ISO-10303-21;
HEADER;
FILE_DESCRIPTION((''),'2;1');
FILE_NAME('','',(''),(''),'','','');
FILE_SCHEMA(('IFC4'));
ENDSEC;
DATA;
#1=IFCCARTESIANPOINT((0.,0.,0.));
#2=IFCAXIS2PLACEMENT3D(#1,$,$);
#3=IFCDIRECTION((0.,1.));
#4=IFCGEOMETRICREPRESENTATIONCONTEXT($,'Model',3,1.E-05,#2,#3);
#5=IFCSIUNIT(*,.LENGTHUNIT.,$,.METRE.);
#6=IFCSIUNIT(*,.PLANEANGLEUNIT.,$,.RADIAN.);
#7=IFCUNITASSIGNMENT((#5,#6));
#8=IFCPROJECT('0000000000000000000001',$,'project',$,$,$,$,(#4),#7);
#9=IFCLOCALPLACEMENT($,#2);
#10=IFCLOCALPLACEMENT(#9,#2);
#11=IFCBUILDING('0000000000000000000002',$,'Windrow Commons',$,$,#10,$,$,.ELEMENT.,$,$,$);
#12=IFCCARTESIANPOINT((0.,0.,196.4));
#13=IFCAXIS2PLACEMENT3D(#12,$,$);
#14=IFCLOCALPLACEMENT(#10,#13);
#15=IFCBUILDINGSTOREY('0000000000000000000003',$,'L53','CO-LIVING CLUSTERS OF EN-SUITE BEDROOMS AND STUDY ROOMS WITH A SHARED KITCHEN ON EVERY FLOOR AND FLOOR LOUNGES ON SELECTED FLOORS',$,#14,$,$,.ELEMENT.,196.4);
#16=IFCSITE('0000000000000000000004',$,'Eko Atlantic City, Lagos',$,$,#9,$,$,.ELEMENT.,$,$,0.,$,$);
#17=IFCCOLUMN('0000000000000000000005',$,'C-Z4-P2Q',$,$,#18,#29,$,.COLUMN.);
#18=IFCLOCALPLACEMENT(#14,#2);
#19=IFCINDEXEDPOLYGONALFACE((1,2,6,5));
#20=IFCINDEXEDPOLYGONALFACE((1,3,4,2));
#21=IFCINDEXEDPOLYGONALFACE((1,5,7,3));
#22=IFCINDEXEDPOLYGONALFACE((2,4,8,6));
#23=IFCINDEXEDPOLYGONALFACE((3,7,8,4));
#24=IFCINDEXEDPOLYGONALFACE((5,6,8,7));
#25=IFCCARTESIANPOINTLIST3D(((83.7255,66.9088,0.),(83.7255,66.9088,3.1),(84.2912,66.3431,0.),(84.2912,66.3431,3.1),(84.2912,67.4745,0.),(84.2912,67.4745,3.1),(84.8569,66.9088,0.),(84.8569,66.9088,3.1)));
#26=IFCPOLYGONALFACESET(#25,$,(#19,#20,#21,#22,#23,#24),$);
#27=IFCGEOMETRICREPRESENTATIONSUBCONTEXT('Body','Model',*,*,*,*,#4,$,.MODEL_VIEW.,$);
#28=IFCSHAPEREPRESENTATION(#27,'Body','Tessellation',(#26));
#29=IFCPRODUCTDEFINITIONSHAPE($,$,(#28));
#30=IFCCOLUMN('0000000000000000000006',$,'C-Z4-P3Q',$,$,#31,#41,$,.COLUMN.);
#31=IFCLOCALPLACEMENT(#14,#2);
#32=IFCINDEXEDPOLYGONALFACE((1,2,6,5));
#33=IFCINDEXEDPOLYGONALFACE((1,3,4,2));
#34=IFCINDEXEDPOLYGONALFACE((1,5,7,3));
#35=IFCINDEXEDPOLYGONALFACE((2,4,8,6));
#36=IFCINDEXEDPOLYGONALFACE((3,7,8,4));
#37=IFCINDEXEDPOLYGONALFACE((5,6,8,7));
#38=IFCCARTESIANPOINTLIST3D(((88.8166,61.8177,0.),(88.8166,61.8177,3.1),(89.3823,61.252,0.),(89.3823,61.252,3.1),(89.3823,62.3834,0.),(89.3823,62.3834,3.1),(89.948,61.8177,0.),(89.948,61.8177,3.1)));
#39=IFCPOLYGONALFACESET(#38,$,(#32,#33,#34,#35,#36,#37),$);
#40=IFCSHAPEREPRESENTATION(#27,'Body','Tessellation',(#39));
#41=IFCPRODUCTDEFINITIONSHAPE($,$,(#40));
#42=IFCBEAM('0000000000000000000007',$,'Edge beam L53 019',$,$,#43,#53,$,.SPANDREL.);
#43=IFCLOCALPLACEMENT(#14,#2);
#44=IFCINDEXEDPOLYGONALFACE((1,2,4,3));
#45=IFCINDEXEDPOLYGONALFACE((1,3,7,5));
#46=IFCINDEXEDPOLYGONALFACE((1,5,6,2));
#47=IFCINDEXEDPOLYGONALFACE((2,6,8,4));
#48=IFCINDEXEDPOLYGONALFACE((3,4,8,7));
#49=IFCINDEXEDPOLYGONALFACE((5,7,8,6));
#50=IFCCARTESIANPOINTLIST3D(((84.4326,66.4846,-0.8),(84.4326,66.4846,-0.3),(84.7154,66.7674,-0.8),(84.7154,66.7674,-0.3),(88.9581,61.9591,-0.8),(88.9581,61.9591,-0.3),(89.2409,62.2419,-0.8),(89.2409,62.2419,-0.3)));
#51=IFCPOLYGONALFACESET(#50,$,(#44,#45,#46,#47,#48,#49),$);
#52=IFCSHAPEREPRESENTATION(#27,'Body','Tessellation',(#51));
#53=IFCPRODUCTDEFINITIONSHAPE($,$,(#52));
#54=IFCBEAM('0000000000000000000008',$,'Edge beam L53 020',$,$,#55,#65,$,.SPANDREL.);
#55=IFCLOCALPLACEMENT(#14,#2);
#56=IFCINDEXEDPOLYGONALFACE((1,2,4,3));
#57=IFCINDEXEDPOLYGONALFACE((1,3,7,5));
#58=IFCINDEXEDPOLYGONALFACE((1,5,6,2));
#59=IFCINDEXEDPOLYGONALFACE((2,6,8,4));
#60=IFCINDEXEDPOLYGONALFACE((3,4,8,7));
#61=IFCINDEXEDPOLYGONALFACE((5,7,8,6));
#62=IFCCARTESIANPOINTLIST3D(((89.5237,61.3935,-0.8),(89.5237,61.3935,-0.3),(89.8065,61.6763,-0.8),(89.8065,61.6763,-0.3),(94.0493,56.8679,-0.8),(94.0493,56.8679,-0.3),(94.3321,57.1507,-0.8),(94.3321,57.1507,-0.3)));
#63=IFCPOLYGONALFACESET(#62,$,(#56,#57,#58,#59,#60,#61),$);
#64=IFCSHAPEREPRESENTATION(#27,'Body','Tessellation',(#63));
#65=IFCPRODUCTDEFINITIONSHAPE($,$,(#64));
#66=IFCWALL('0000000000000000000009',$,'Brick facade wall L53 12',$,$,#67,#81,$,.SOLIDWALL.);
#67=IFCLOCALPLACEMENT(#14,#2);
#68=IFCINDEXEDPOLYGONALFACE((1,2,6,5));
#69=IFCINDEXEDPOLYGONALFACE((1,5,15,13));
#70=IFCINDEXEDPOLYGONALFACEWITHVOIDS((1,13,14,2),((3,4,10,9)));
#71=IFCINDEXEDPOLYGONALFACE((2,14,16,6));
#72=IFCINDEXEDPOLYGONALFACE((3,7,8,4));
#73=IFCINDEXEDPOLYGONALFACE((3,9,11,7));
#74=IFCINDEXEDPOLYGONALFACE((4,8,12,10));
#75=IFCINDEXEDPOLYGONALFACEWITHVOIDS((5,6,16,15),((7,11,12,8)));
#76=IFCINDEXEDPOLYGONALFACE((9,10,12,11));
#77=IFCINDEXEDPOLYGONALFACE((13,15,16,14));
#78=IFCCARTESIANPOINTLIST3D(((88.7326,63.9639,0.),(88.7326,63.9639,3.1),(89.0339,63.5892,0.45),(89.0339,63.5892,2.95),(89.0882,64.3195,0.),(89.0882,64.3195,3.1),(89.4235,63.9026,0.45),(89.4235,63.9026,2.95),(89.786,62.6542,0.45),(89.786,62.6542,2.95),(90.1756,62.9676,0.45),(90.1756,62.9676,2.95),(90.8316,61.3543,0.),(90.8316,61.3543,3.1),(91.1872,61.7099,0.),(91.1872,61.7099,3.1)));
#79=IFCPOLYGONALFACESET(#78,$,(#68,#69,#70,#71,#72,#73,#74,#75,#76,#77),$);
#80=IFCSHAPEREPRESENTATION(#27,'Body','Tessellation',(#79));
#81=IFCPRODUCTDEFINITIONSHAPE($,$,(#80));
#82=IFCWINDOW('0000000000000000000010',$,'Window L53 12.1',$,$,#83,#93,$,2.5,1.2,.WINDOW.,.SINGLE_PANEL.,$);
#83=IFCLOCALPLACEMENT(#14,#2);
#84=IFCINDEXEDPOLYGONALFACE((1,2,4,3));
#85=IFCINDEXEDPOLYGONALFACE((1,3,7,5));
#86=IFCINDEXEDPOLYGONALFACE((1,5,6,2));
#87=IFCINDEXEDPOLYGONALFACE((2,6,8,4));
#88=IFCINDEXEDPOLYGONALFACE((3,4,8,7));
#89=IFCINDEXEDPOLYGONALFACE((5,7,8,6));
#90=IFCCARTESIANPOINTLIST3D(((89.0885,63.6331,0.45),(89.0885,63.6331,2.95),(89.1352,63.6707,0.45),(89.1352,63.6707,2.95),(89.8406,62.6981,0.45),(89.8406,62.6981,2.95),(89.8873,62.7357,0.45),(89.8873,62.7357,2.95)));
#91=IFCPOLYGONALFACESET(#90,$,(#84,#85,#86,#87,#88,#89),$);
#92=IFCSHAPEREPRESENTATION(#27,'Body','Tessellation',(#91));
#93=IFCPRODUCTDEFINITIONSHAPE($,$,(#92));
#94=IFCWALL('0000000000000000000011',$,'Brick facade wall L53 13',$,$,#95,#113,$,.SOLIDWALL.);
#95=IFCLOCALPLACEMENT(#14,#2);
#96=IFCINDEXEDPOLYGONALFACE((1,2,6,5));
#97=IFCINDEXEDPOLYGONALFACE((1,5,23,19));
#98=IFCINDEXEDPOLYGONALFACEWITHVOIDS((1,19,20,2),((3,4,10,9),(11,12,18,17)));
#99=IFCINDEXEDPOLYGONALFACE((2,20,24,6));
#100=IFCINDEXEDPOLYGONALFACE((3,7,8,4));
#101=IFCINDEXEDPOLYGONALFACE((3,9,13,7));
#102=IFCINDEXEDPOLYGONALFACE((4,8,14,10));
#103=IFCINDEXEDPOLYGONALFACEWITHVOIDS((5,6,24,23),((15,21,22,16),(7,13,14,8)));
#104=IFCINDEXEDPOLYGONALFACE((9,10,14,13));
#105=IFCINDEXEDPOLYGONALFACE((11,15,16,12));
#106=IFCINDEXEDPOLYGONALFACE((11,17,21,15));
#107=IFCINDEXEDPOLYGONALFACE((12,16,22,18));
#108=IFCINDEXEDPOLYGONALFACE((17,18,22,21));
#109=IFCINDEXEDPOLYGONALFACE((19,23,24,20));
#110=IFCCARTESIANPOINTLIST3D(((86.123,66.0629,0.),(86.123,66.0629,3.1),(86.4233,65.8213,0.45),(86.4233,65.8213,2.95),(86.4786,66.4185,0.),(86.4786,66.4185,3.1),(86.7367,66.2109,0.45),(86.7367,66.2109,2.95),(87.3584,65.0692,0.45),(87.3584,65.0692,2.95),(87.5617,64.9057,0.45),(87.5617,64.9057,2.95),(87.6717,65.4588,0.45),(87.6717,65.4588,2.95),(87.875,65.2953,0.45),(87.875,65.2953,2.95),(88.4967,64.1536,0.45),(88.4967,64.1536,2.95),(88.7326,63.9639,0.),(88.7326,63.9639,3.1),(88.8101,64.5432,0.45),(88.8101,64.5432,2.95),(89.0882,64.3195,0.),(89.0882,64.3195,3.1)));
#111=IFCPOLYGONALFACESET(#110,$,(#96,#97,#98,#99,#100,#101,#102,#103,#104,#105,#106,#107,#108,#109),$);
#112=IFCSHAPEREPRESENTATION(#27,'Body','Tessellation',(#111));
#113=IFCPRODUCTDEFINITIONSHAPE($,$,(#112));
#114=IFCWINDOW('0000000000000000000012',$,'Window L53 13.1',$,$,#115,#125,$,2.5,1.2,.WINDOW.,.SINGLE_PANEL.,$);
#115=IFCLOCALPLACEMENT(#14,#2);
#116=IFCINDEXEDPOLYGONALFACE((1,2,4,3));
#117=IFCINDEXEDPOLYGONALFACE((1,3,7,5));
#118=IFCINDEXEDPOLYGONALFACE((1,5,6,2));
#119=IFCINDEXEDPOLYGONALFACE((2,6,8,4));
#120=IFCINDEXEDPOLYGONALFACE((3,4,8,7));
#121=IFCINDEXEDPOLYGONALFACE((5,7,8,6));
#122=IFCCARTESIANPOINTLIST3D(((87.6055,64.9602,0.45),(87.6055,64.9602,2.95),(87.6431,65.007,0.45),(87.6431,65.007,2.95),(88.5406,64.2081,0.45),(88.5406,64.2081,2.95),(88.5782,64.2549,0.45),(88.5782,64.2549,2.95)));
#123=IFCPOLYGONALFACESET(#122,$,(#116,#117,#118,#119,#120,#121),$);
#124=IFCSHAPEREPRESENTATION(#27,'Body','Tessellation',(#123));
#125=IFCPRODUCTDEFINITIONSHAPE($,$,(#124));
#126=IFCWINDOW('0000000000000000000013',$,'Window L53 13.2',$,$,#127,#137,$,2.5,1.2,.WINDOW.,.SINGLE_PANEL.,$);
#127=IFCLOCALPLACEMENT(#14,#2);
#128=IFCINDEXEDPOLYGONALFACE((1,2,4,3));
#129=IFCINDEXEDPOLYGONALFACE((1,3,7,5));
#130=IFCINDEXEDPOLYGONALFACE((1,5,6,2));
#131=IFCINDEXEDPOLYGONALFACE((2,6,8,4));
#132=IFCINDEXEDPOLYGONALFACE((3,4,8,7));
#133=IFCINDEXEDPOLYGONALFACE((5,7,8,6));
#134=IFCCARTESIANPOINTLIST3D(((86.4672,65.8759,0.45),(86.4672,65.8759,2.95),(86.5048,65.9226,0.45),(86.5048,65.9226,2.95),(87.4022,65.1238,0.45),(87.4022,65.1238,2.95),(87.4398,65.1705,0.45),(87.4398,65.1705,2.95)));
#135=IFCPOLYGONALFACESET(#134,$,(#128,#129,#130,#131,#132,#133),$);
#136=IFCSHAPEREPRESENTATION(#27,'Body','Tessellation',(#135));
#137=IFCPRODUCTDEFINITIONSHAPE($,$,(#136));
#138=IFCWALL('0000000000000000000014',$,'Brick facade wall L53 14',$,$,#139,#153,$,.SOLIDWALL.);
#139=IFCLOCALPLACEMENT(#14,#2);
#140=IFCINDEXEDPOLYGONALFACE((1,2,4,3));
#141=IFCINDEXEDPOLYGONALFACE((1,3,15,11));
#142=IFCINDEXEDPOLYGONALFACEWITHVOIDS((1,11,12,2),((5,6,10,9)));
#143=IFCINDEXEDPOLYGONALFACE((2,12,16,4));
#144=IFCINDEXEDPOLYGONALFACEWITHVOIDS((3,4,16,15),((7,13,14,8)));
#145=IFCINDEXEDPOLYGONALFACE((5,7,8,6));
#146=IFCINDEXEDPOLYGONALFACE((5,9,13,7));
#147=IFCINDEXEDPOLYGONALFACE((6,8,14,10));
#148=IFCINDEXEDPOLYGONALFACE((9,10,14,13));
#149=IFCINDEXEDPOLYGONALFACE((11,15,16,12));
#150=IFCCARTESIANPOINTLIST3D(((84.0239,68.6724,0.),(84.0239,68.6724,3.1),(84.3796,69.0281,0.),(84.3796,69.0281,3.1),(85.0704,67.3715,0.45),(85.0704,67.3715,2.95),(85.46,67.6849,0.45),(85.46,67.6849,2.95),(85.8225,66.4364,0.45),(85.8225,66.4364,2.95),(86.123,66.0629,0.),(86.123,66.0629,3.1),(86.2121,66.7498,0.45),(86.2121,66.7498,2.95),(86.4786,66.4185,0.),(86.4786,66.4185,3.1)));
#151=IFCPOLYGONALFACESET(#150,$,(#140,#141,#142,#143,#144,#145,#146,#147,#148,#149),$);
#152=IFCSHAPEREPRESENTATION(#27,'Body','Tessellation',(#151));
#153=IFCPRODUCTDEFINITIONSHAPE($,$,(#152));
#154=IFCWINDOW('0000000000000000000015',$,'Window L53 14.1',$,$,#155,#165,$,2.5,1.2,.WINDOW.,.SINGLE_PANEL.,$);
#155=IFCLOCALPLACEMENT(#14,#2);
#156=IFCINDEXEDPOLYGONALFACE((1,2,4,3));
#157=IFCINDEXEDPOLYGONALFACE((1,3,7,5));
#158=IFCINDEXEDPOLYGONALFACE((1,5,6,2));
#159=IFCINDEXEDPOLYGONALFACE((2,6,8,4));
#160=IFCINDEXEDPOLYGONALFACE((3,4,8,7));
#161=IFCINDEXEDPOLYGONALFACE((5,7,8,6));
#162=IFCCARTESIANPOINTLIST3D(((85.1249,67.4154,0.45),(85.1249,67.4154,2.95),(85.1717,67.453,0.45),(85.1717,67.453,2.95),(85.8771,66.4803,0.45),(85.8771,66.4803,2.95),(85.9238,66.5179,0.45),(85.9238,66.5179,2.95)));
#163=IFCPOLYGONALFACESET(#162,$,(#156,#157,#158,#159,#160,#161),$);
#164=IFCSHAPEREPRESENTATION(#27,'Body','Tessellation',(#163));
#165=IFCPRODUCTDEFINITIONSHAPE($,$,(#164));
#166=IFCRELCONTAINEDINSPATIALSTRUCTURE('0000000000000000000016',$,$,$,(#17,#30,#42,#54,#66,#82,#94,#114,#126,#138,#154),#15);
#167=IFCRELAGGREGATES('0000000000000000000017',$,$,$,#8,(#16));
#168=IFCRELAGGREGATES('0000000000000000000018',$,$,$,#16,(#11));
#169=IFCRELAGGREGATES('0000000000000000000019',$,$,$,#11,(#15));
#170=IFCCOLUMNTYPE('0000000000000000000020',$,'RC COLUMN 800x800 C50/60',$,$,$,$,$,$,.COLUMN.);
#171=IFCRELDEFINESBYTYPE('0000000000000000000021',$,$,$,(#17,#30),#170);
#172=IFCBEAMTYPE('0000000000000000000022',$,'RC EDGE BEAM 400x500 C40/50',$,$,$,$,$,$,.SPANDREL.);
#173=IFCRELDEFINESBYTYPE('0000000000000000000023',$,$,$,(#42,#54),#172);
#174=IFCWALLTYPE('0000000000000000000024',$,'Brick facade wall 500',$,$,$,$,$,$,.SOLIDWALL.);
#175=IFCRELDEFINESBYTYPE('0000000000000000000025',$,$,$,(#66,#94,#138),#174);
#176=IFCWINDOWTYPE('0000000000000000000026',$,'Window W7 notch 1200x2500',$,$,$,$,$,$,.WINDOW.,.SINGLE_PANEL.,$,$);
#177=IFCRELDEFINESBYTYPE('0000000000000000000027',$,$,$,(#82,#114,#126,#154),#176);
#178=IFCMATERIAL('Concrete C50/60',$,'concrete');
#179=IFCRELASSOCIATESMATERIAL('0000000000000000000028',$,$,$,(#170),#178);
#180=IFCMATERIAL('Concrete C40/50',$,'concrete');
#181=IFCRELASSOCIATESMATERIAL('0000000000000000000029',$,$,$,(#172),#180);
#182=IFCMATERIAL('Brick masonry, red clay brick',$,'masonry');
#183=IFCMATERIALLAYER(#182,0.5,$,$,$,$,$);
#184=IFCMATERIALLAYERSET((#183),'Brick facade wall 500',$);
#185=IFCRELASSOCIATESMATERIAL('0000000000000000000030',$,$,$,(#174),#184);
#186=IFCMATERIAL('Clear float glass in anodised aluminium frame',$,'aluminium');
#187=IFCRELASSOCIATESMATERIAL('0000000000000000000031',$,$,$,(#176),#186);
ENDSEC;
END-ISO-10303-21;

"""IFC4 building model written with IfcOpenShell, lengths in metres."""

from ifc_helpers import new_model, si_unit, direction, frame, frame_2d, origin, origin_2d, place, context, subcontext, project, spatial, polyline, rectangle, outline, extrude, material, layer, layer_set, material_profile, profile_set, type_object, element, fill, save


model = new_model("IFC4")

# Units and contexts
model_context = context("Model", 3, precision=1e-05, world=origin(), true_north=direction((0.0, 1.0)))
body_context = subcontext(model_context, "Body", "Model", "MODEL_VIEW")
ifc_project = project(units=[si_unit("LENGTHUNIT", "METRE"), si_unit("PLANEANGLEUNIT", "RADIAN")], contexts=[model_context])

# Site, building, storey
site_placement = place(None, origin())
site = spatial("IfcSite", under=ifc_project, at=site_placement, Name="Eko Atlantic City, Lagos", CompositionType="ELEMENT", RefElevation=0.0)
building_placement = place(site_placement, origin())
building = spatial("IfcBuilding", under=site, at=building_placement, Name="Windrow Commons", CompositionType="ELEMENT")
storey_placement = place(building_placement, frame((0.0, 0.0, 196.4)))
storey = spatial("IfcBuildingStorey", under=building, at=storey_placement, Name="L53", Description="CO-LIVING CLUSTERS OF EN-SUITE BEDROOMS AND STUDY ROOMS WITH A SHARED KITCHEN ON EVERY FLOOR AND FLOOR LOUNGES ON SELECTED FLOORS", CompositionType="ELEMENT", Elevation=196.4)

# Columns
ifc_material_1 = material(Name="Concrete C50/60", Category="concrete")
ifc_material_profile_1 = material_profile(ifc_material_1, rectangle(XDim=0.8, YDim=0.8, at=origin_2d()))
ifc_profile_set_1 = profile_set([ifc_material_profile_1], Name="Concrete C50/60")
column_type = type_object("IfcColumnType", Name="RC COLUMN 800x800 C50/60", PredefinedType="COLUMN", material=ifc_profile_set_1)
for number, where, z_axis, x_axis, name in (
    (1, (84.2912, 66.9088, 0.0), (0.0, 0.0, 1.0), (0.707107, -0.707107, 0.0), "C-Z4-P2Q"),
    (2, (89.3823, 61.8177, 0.0), (0.0, 0.0, 1.0), (0.707107, -0.707107, 0.0), "C-Z4-P3Q"),
):
    element("IfcColumn", number, at=place(storey_placement, frame(where, z_axis=z_axis, x_axis=x_axis)), inside=storey, type_object=column_type, Name=name, PredefinedType="COLUMN", context=body_context, shape_type="SweptSolid", body=[
        extrude(rectangle(XDim=0.8, YDim=0.8, at=origin_2d()), origin(), (0.0, 0.0, 1.0), 3.1),
    ])

# Beams
ifc_material_2 = material(Name="Concrete C40/50", Category="concrete")
ifc_material_profile_2 = material_profile(ifc_material_2, rectangle(XDim=0.4, YDim=0.5, at=origin_2d()))
ifc_profile_set_2 = profile_set([ifc_material_profile_2], Name="Concrete C40/50")
beam_type = type_object("IfcBeamType", Name="RC EDGE BEAM 400x500 C40/50", PredefinedType="SPANDREL", material=ifc_profile_set_2)
beam_1_placement = place(storey_placement, frame((84.574, 66.626, -0.55), z_axis=(0.707107, -0.707107, 0.0), x_axis=(0.707107, 0.707107, 0.0)))
element("IfcBeam", 3, at=beam_1_placement, inside=storey, type_object=beam_type, Name="Edge beam L53 019", PredefinedType="SPANDREL", context=body_context, shape_type="SweptSolid", body=[
    extrude(rectangle(XDim=0.4, YDim=0.5, at=origin_2d()), origin(), (0.0, 0.0, 1.0), 6.4),
])
beam_2_placement = place(storey_placement, frame((89.6651, 61.5349, -0.55), z_axis=(0.707107, -0.707107, 0.0), x_axis=(0.707107, 0.707107, 0.0)))
element("IfcBeam", 4, at=beam_2_placement, inside=storey, type_object=beam_type, Name="Edge beam L53 020", PredefinedType="SPANDREL", context=body_context, shape_type="SweptSolid", body=[
    extrude(rectangle(XDim=0.4, YDim=0.5, at=origin_2d()), origin(), (0.0, 0.0, 1.0), 6.4002),
])

# Wall, opening, window
ifc_material_3 = material(Name="Brick masonry, red clay brick", Category="masonry")
ifc_layer_1 = layer(ifc_material_3, 0.5)
ifc_layer_set_1 = layer_set([ifc_layer_1], Name="Brick facade wall 500")
wall_type_1 = type_object("IfcWallType", Name="Brick facade wall 500", PredefinedType="SOLIDWALL", material=ifc_layer_set_1)
wall_1_placement = place(storey_placement, frame((91.0094, 61.5321, 0.0), z_axis=(0.0, 0.0, 1.0), x_axis=(-0.626754, 0.779217, 0.0)))
wall_1 = element("IfcWall", 5, at=wall_1_placement, inside=storey, type_object=wall_type_1, Name="Brick facade wall L53 12", PredefinedType="SOLIDWALL", context=body_context, shape_type="SweptSolid", body=[
    extrude(outline(polyline([(0.0271, -0.25), (3.3761, -0.25), (3.3219, 0.25), (-0.0271, 0.25), (0.0271, -0.25)])), origin(), (0.0, 0.0, 1.0), 3.1),
])
opening_1_placement = place(wall_1_placement, frame((1.6411, 0.0, 0.45)))
opening_1 = element("IfcOpeningElement", 6, at=opening_1_placement, cuts=wall_1, PredefinedType="OPENING", context=body_context, shape_type="SweptSolid", body=[
    extrude(rectangle(XDim=1.2, YDim=2.5, at=frame_2d((0.6, 1.25))), frame((0.0, 0.26, 0.0), z_axis=(0.0, -1.0, 0.0), x_axis=(1.0, 0.0, 0.0)), (0.0, 0.0, 1.0), 0.52),
])
ifc_material_4 = material(Name="Clear float glass in anodised aluminium frame", Category="aluminium")
window_type = type_object("IfcWindowType", Name="Window W7 notch 1200x2500", PartitioningType="SINGLE_PANEL", PredefinedType="WINDOW", material=ifc_material_4)
window_1_placement = place(opening_1_placement, origin())
window_1 = element("IfcWindow", 7, at=window_1_placement, inside=storey, type_object=window_type, Name="Window L53 12.1", OverallHeight=2.5, OverallWidth=1.2, PartitioningType="SINGLE_PANEL", PredefinedType="WINDOW", context=body_context, shape_type="SweptSolid", body=[
    extrude(rectangle(XDim=1.2, YDim=2.5, at=frame_2d((0.6, 1.25))), frame((0.0, 0.18, 0.0), z_axis=(0.0, -1.0, 0.0), x_axis=(1.0, 0.0, 0.0)), (0.0, 0.0, 1.0), 0.06),
])
fill(opening_1, window_1)

# Wall, openings, windows
wall_2_placement = place(storey_placement, frame((88.9104, 64.1417, 0.0), z_axis=(0.0, 0.0, 1.0), x_axis=(-0.779217, 0.626754, 0.0)))
wall_2 = element("IfcWall", 8, at=wall_2_placement, inside=storey, type_object=wall_type_1, Name="Brick facade wall L53 13", PredefinedType="SOLIDWALL", context=body_context, shape_type="SweptSolid", body=[
    extrude(outline(polyline([(-0.0271, -0.25), (3.3219, -0.25), (3.3761, 0.25), (0.0271, 0.25), (-0.0271, -0.25)])), origin(), (0.0, 0.0, 1.0), 3.1),
])
opening_2_placement = place(wall_2_placement, frame((0.3298, 0.0, 0.45)))
opening_2 = element("IfcOpeningElement", 9, at=opening_2_placement, cuts=wall_2, PredefinedType="OPENING", context=body_context, shape_type="SweptSolid", body=[
    extrude(rectangle(XDim=1.2, YDim=2.5, at=frame_2d((0.6, 1.25))), frame((0.0, 0.26, 0.0), z_axis=(0.0, -1.0, 0.0), x_axis=(1.0, 0.0, 0.0)), (0.0, 0.0, 1.0), 0.52),
])
opening_3_placement = place(wall_2_placement, frame((1.7907, 0.0, 0.45)))
opening_3 = element("IfcOpeningElement", 10, at=opening_3_placement, cuts=wall_2, PredefinedType="OPENING", context=body_context, shape_type="SweptSolid", body=[
    extrude(rectangle(XDim=1.2, YDim=2.5, at=frame_2d((0.6, 1.25))), frame((0.0, 0.26, 0.0), z_axis=(0.0, -1.0, 0.0), x_axis=(1.0, 0.0, 0.0)), (0.0, 0.0, 1.0), 0.52),
])
window_2_placement = place(opening_2_placement, origin())
window_2 = element("IfcWindow", 11, at=window_2_placement, inside=storey, type_object=window_type, Name="Window L53 13.1", OverallHeight=2.5, OverallWidth=1.2, PartitioningType="SINGLE_PANEL", PredefinedType="WINDOW", context=body_context, shape_type="SweptSolid", body=[
    extrude(rectangle(XDim=1.2, YDim=2.5, at=frame_2d((0.6, 1.25))), frame((0.0, 0.18, 0.0), z_axis=(0.0, -1.0, 0.0), x_axis=(1.0, 0.0, 0.0)), (0.0, 0.0, 1.0), 0.06),
])
fill(opening_2, window_2)
window_3_placement = place(opening_3_placement, origin())
window_3 = element("IfcWindow", 12, at=window_3_placement, inside=storey, type_object=window_type, Name="Window L53 13.2", OverallHeight=2.5, OverallWidth=1.2, PartitioningType="SINGLE_PANEL", PredefinedType="WINDOW", context=body_context, shape_type="SweptSolid", body=[
    extrude(rectangle(XDim=1.2, YDim=2.5, at=frame_2d((0.6, 1.25))), frame((0.0, 0.18, 0.0), z_axis=(0.0, -1.0, 0.0), x_axis=(1.0, 0.0, 0.0)), (0.0, 0.0, 1.0), 0.06),
])
fill(opening_3, window_3)

# Wall, opening, window
wall_3_placement = place(storey_placement, frame((86.3008, 66.2407, 0.0), z_axis=(0.0, 0.0, 1.0), x_axis=(-0.626772, 0.779203, 0.0)))
wall_3 = element("IfcWall", 13, at=wall_3_placement, inside=storey, type_object=wall_type_1, Name="Brick facade wall L53 14", PredefinedType="SOLIDWALL", context=body_context, shape_type="SweptSolid", body=[
    extrude(outline(polyline([(0.0271, -0.25), (3.3761, -0.25), (3.3219, 0.25), (-0.0271, 0.25), (0.0271, -0.25)])), origin(), (0.0, 0.0, 1.0), 3.1),
])
opening_4_placement = place(wall_3_placement, frame((0.4523, 0.0, 0.45)))
opening_4 = element("IfcOpeningElement", 14, at=opening_4_placement, cuts=wall_3, PredefinedType="OPENING", context=body_context, shape_type="SweptSolid", body=[
    extrude(rectangle(XDim=1.2, YDim=2.5, at=frame_2d((0.6, 1.25))), frame((0.0, 0.26, 0.0), z_axis=(0.0, -1.0, 0.0), x_axis=(1.0, 0.0, 0.0)), (0.0, 0.0, 1.0), 0.52),
])
window_4_placement = place(opening_4_placement, origin())
window_4 = element("IfcWindow", 15, at=window_4_placement, inside=storey, type_object=window_type, Name="Window L53 14.1", OverallHeight=2.5, OverallWidth=1.2, PartitioningType="SINGLE_PANEL", PredefinedType="WINDOW", context=body_context, shape_type="SweptSolid", body=[
    extrude(rectangle(XDim=1.2, YDim=2.5, at=frame_2d((0.6, 1.25))), frame((0.0, 0.18, 0.0), z_axis=(0.0, -1.0, 0.0), x_axis=(1.0, 0.0, 0.0)), (0.0, 0.0, 1.0), 0.06),
])
fill(opening_4, window_4)

save(model, "model.ifc")
